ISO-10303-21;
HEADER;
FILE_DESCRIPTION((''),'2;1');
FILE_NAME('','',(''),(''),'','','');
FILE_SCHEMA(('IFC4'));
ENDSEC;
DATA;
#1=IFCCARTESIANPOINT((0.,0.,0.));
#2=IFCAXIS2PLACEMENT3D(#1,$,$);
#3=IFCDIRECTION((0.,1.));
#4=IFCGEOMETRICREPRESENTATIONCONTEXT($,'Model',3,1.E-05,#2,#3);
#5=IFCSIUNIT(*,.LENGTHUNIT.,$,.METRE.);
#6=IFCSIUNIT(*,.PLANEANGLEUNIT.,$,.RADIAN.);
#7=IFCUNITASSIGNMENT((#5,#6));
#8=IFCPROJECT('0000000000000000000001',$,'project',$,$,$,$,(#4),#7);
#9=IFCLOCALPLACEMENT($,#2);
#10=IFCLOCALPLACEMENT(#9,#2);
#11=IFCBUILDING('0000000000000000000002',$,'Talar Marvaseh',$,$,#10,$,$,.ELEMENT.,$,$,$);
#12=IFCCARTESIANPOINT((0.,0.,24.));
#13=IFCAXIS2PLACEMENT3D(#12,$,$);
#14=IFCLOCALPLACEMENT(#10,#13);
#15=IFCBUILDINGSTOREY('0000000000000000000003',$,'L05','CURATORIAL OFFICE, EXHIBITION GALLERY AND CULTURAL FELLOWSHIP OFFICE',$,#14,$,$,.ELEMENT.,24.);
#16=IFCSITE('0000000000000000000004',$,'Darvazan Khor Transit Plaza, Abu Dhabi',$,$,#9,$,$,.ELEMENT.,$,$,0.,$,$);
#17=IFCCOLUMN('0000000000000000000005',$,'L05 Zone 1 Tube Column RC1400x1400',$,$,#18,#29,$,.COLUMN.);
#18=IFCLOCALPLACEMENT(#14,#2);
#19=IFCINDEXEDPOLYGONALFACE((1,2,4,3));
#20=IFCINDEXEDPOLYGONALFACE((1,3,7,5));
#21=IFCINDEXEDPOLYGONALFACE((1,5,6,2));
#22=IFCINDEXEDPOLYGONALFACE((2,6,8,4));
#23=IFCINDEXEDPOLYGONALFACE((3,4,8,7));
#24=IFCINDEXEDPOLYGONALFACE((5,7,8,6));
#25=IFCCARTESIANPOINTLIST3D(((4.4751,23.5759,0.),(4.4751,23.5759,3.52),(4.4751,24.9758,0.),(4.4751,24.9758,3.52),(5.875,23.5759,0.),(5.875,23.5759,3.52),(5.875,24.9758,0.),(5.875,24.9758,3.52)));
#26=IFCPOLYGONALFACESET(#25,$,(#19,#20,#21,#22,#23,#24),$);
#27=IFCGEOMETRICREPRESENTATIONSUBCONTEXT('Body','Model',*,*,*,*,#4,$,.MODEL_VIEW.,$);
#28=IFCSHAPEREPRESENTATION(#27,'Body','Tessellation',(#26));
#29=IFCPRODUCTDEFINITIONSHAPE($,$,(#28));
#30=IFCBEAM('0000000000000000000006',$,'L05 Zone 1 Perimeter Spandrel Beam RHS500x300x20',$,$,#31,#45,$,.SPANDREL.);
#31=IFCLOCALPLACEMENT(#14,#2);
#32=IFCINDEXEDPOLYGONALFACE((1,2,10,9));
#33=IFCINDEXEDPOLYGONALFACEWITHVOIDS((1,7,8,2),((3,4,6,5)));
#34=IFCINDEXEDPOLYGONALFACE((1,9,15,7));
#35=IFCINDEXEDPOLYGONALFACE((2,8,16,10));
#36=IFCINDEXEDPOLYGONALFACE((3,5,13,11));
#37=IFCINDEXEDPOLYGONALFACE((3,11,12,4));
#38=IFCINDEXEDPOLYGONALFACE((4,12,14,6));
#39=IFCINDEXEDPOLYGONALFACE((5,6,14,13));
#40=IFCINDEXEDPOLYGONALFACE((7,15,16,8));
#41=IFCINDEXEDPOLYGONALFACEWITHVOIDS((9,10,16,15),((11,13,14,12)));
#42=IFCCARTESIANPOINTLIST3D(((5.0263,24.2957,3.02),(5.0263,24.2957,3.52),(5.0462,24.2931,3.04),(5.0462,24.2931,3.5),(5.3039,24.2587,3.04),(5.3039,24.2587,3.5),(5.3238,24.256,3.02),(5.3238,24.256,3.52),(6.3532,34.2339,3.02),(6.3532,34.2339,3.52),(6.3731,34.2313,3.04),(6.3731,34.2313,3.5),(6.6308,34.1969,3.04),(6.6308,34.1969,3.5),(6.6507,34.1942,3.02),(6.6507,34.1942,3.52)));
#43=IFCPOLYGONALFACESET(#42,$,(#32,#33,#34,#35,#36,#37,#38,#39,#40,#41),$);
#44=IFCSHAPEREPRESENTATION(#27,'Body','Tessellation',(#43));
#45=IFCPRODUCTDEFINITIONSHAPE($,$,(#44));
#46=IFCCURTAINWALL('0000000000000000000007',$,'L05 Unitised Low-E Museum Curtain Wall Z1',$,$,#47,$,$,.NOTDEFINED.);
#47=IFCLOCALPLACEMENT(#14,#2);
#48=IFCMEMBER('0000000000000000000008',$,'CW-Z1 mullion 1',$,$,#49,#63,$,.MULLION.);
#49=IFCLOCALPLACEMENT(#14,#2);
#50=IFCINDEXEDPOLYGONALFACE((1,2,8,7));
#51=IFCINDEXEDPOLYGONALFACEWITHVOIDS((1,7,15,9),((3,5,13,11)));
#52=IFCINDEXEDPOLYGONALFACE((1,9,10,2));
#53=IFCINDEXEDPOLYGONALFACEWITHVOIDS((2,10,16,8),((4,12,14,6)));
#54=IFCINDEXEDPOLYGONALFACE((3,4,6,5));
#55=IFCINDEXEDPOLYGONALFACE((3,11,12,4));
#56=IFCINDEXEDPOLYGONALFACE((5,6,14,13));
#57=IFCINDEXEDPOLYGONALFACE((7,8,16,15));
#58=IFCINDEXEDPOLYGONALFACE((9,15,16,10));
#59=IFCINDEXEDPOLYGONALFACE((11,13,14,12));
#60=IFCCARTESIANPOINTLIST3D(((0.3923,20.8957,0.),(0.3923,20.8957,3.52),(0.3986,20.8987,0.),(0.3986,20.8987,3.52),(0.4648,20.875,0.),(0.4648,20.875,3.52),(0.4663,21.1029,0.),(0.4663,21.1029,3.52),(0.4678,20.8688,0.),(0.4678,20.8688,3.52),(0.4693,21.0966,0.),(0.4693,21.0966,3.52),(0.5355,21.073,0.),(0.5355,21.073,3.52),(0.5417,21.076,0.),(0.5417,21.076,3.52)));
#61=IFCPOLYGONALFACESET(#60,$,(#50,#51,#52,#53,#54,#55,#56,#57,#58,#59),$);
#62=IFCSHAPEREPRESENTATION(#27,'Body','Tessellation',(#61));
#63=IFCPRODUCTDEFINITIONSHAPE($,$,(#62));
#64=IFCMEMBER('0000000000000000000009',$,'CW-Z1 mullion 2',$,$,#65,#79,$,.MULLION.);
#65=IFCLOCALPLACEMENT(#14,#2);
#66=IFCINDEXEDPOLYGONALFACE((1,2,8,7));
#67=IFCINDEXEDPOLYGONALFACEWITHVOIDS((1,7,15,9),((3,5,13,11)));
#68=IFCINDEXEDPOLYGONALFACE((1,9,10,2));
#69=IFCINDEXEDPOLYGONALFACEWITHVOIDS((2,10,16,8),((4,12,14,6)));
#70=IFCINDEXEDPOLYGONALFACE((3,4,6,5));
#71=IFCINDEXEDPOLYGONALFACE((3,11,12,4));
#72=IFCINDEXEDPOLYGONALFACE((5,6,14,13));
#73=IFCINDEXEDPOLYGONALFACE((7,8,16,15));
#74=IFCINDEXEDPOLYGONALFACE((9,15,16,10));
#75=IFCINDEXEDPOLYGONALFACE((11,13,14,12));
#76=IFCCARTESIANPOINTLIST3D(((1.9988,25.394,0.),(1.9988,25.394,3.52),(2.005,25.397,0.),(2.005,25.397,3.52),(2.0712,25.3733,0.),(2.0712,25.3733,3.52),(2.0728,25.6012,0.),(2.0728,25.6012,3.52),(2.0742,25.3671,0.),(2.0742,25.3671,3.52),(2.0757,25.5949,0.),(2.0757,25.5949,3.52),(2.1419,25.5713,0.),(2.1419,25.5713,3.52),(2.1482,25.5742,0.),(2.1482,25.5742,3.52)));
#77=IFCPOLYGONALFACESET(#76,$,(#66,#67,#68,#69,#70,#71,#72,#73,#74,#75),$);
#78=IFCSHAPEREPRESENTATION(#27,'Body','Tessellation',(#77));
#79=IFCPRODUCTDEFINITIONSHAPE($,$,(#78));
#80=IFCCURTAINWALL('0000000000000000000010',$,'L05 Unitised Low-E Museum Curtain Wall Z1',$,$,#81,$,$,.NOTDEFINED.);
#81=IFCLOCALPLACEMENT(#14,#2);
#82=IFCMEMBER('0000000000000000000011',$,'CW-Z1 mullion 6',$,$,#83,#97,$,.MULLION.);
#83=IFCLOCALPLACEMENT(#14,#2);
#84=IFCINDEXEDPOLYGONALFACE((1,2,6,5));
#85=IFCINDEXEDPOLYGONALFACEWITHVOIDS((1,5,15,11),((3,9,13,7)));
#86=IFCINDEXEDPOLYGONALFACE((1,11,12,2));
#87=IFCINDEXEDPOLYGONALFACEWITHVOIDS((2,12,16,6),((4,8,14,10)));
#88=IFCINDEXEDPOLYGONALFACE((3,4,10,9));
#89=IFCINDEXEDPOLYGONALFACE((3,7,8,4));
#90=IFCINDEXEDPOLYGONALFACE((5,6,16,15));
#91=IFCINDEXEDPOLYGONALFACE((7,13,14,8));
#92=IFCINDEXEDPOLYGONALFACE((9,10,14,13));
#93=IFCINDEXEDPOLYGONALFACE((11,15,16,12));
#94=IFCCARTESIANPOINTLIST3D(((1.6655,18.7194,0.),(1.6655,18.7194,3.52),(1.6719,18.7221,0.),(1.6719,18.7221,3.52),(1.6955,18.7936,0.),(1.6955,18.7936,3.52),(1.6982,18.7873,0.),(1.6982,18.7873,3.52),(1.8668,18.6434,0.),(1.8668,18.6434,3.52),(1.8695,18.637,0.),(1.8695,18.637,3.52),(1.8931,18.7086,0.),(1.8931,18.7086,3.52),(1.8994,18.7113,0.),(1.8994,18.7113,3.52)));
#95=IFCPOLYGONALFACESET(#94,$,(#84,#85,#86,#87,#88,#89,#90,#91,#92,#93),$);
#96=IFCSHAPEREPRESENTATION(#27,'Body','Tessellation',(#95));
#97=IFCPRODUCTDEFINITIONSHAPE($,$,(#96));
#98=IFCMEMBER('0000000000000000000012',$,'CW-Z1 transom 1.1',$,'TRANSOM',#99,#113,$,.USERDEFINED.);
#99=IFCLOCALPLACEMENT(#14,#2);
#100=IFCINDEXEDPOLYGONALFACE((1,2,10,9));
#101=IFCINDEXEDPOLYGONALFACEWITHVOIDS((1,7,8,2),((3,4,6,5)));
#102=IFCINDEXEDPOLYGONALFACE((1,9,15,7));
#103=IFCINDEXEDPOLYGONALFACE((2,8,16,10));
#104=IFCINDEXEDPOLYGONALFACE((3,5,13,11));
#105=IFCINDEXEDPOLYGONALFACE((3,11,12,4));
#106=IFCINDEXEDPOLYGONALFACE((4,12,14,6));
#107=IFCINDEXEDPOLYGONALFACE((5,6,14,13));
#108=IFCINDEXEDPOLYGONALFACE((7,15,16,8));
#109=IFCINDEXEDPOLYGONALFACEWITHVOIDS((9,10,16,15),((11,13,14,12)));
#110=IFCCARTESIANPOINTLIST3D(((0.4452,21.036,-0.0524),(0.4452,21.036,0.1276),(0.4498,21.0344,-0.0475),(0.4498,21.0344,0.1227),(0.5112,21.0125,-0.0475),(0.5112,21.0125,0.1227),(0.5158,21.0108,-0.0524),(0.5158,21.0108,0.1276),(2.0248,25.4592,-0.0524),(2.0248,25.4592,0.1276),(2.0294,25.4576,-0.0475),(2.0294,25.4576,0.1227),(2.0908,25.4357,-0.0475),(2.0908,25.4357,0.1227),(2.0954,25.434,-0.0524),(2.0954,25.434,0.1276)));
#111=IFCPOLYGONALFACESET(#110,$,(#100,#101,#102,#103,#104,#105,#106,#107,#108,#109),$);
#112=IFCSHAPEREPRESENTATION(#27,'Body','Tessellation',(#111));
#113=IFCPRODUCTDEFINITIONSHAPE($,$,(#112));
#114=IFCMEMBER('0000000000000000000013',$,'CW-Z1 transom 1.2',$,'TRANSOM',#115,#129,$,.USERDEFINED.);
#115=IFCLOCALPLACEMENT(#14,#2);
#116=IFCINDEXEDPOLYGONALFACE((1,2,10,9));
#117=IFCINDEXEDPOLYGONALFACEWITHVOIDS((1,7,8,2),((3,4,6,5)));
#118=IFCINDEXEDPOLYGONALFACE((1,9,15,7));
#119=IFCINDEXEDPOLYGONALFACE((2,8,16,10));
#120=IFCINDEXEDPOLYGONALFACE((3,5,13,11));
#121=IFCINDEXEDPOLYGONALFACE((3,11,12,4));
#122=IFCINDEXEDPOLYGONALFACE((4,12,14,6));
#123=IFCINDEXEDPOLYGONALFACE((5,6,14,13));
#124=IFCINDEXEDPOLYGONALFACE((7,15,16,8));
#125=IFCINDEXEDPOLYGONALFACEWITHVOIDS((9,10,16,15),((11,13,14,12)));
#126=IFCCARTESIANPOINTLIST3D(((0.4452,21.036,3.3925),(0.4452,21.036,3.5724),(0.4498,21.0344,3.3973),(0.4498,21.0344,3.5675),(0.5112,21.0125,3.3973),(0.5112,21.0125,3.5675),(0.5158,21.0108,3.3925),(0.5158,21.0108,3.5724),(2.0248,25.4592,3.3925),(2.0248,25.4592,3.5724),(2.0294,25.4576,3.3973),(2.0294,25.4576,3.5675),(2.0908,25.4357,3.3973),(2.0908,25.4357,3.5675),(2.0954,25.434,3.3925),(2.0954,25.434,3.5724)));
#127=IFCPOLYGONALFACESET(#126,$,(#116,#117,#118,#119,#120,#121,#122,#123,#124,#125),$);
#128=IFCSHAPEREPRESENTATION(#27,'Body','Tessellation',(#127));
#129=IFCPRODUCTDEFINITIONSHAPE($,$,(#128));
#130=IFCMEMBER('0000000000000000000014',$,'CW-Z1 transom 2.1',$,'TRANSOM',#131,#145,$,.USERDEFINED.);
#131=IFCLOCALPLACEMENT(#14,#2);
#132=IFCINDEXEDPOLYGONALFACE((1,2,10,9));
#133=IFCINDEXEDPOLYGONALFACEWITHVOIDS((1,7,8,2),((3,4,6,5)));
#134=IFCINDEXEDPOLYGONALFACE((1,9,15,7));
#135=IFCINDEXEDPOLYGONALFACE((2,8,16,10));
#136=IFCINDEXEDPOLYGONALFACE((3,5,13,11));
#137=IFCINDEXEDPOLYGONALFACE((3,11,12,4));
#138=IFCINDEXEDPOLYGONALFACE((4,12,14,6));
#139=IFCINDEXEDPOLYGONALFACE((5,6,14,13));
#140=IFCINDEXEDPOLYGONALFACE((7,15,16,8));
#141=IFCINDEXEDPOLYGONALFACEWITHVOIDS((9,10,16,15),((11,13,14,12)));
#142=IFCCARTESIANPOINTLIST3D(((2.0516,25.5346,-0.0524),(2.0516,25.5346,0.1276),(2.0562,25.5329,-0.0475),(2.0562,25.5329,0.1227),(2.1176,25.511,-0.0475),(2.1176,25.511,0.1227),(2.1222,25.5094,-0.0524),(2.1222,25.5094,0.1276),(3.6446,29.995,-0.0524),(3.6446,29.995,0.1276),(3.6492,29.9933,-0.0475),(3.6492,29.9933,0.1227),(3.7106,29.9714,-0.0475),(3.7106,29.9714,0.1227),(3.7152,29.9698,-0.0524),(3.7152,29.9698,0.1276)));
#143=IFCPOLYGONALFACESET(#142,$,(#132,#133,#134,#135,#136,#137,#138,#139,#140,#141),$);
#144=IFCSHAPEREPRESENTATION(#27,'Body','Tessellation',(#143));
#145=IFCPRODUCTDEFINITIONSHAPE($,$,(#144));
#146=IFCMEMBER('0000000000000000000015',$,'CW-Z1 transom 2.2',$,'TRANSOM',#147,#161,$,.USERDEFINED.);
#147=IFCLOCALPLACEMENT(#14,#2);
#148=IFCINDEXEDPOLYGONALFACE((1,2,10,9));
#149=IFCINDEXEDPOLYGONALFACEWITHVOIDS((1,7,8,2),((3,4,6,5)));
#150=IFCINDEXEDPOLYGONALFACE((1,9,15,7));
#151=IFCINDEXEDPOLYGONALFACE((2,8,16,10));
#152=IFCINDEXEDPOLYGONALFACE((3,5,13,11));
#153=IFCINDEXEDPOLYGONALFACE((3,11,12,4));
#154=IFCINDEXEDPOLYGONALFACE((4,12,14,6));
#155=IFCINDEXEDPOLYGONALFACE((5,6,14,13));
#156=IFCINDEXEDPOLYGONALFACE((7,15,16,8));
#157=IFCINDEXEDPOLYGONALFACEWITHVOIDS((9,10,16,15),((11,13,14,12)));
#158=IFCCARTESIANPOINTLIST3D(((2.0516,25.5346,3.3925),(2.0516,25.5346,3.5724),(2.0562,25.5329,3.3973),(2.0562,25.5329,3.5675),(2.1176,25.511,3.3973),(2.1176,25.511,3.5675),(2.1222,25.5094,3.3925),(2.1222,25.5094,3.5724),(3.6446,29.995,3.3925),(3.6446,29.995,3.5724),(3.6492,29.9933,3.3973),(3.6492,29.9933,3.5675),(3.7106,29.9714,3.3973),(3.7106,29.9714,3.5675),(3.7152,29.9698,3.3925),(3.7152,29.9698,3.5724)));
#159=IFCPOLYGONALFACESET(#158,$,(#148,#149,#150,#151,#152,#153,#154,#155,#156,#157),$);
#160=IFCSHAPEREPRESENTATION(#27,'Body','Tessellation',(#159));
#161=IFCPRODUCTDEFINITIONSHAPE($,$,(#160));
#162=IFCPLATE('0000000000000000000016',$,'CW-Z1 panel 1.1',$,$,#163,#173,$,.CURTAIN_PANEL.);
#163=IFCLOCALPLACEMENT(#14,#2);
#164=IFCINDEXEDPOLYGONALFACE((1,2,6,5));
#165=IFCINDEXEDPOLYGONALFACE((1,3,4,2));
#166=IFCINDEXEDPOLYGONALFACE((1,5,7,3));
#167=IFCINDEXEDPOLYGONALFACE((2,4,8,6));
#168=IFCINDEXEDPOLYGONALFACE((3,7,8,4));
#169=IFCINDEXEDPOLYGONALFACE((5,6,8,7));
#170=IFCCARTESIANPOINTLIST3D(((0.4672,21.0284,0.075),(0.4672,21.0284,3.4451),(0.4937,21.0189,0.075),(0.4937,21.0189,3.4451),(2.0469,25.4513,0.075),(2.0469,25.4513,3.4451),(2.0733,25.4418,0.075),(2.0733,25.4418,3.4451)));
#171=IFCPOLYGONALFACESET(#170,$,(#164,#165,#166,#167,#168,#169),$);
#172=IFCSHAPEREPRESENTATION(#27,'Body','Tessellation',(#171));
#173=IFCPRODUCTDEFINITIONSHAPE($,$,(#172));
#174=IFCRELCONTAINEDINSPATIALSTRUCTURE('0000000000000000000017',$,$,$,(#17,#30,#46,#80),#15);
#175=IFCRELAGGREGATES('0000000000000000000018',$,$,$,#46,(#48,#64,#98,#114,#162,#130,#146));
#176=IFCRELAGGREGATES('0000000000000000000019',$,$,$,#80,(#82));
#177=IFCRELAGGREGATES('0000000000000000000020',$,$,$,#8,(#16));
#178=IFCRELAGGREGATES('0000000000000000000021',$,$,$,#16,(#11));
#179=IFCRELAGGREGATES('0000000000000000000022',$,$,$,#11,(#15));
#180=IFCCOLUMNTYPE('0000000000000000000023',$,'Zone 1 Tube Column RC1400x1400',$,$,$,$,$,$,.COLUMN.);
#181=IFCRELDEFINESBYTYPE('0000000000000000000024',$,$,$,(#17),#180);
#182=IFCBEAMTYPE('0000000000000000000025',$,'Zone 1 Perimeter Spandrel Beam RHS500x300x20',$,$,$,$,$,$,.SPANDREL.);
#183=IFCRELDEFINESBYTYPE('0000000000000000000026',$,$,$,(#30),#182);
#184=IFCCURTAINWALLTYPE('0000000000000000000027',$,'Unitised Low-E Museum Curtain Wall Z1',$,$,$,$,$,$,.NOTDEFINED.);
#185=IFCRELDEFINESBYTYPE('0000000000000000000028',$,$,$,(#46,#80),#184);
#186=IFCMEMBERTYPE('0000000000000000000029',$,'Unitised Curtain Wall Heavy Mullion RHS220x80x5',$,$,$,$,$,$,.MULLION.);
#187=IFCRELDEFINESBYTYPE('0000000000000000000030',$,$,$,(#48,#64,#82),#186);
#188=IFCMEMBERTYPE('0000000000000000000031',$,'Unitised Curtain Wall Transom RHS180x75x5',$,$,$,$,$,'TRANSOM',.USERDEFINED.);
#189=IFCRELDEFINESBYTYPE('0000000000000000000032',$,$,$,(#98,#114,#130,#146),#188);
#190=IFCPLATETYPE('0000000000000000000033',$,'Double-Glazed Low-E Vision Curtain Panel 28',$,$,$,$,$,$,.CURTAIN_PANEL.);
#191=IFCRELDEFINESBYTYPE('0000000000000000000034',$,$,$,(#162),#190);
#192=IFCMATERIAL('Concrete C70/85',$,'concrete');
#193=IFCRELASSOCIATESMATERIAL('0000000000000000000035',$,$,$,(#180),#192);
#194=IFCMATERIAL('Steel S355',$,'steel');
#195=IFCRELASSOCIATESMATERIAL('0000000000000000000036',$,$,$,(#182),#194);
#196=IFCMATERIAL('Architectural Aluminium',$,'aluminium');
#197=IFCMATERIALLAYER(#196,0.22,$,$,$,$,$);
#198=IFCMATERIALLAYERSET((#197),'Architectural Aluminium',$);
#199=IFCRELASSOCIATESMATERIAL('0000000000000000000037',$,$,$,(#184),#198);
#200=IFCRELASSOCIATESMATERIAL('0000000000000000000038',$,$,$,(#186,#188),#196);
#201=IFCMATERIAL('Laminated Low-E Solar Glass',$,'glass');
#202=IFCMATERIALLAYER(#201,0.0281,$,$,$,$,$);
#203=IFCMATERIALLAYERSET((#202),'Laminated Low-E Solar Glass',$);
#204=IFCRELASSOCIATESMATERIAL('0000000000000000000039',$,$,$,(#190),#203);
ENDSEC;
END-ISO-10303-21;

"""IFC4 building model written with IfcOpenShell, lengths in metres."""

from ifc_helpers import new_model, si_unit, direction, frame, origin, origin_2d, place, context, subcontext, project, spatial, rectangle, hollow_rectangle, extrude, source, transform, mapped, material, layer, layer_set, material_profile, profile_set, type_object, type_shapes, element, aggregate, save


model = new_model("IFC4")

# Units and contexts
model_context = context("Model", 3, precision=1e-05, world=origin(), true_north=direction((0.0, 1.0)))
body_context = subcontext(model_context, "Body", "Model", "MODEL_VIEW")
ifc_project = project(units=[si_unit("LENGTHUNIT", "METRE"), si_unit("PLANEANGLEUNIT", "RADIAN")], contexts=[model_context])

# Site, building, storey
site_placement = place(None, origin())
site = spatial("IfcSite", under=ifc_project, at=site_placement, Name="Darvazan Khor Transit Plaza, Abu Dhabi", CompositionType="ELEMENT", RefElevation=0.0)
building_placement = place(site_placement, origin())
building = spatial("IfcBuilding", under=site, at=building_placement, Name="Talar Marvaseh", CompositionType="ELEMENT")
storey_placement = place(building_placement, frame((0.0, 0.0, 24.0)))
storey = spatial("IfcBuildingStorey", under=building, at=storey_placement, Name="L05", Description="CURATORIAL OFFICE, EXHIBITION GALLERY AND CULTURAL FELLOWSHIP OFFICE", CompositionType="ELEMENT", Elevation=24.0)

# Column
ifc_material_1 = material(Name="Concrete C70/85", Category="concrete")
ifc_material_profile_1 = material_profile(ifc_material_1, rectangle(XDim=1.3999, YDim=1.3999, at=origin_2d()), Name="RC1400x1400")
ifc_profile_set_1 = profile_set([ifc_material_profile_1], Name="Concrete C70/85")
column_type = type_object("IfcColumnType", Name="Zone 1 Tube Column RC1400x1400", PredefinedType="COLUMN", material=ifc_profile_set_1)
column_placement = place(storey_placement, frame((5.175, 24.2759, 0.0), z_axis=(0.0, 0.0, 1.0), x_axis=(1.0, 0.0, 0.0)))
element("IfcColumn", 1, at=column_placement, inside=storey, type_object=column_type, Name="L05 Zone 1 Tube Column RC1400x1400", PredefinedType="COLUMN", context=body_context, shape_type="SweptSolid", body=[
    extrude(rectangle(XDim=1.3999, YDim=1.3999, at=origin_2d()), origin(), (0.0, 0.0, 1.0), 3.52),
])

# Beam
ifc_material_2 = material(Name="Steel S355", Category="steel")
ifc_material_profile_2 = material_profile(ifc_material_2, hollow_rectangle(XDim=0.3, YDim=0.5, WallThickness=0.02, at=origin_2d()), Name="RHS500x300x20")
ifc_profile_set_2 = profile_set([ifc_material_profile_2], Name="Steel S355")
beam_type = type_object("IfcBeamType", Name="Zone 1 Perimeter Spandrel Beam RHS500x300x20", PredefinedType="SPANDREL", material=ifc_profile_set_2)
beam_placement = place(storey_placement, frame((5.175, 24.2759, 3.27), z_axis=(0.132341, 0.991204, 0.0), x_axis=(-0.991204, 0.132341, 0.0)))
element("IfcBeam", 2, at=beam_placement, inside=storey, type_object=beam_type, Name="L05 Zone 1 Perimeter Spandrel Beam RHS500x300x20", PredefinedType="SPANDREL", context=body_context, shape_type="SweptSolid", body=[
    extrude(hollow_rectangle(XDim=0.3, YDim=0.5, WallThickness=0.02, at=origin_2d()), origin(), (0.0, 0.0, 1.0), 10.0264),
])

# Curtain wall, members
ifc_material_3 = material(Name="Architectural Aluminium", Category="aluminium")
ifc_layer_1 = layer(ifc_material_3, 0.22)
ifc_layer_set_1 = layer_set([ifc_layer_1], Name="Architectural Aluminium")
curtain_wall_type = type_object("IfcCurtainWallType", Name="Unitised Low-E Museum Curtain Wall Z1", PredefinedType="NOTDEFINED", material=ifc_layer_set_1)
curtain_wall_1_placement = place(storey_placement, origin())
curtain_wall_1 = element("IfcCurtainWall", 3, at=curtain_wall_1_placement, inside=storey, type_object=curtain_wall_type, Name="L05 Unitised Low-E Museum Curtain Wall Z1", PredefinedType="NOTDEFINED")
ifc_material_profile_3 = material_profile(ifc_material_3, hollow_rectangle(XDim=0.0801, YDim=0.22, WallThickness=0.0049, at=origin_2d()), Name="RHS220x80x5")
ifc_profile_set_3 = profile_set([ifc_material_profile_3], Name="Architectural Aluminium")
member_type_1 = type_object("IfcMemberType", Name="Unitised Curtain Wall Heavy Mullion RHS220x80x5", PredefinedType="MULLION", material=ifc_profile_set_3)
shared_shape_1 = source(origin(), body_context, "Body", "SweptSolid", [
    extrude(hollow_rectangle(XDim=0.0801, YDim=0.22, WallThickness=0.0049, at=origin_2d()), origin(), (0.0, 0.0, 1.0), 3.52),
])
type_shapes(member_type_1, [shared_shape_1])
member_1_placement = place(storey_placement, frame((0.467, 20.9858, 0.0), z_axis=(0.0, 0.0, 1.0), x_axis=(-0.941742, 0.336336, 0.0)))
member_1 = element("IfcMember", 4, at=member_1_placement, type_object=member_type_1, Name="CW-Z1 mullion 1", PredefinedType="MULLION", context=body_context, shape_type="MappedRepresentation", body=[
    mapped(shared_shape_1, transform((0.0, 0.0, 0.0), x_axis=(1.0, 0.0, 0.0), y_axis=(0.0, 1.0, 0.0), z_axis=(0.0, 0.0, 1.0), scale=1.0)),
])
member_2_placement = place(storey_placement, frame((2.0735, 25.4841, 0.0), z_axis=(0.0, 0.0, 1.0), x_axis=(-0.941742, 0.336336, 0.0)))
member_2 = element("IfcMember", 5, at=member_2_placement, type_object=member_type_1, Name="CW-Z1 mullion 2", PredefinedType="MULLION", context=body_context, shape_type="MappedRepresentation", body=[
    mapped(shared_shape_1, transform((0.0, 0.0, 0.0), x_axis=(1.0, 0.0, 0.0), y_axis=(0.0, 1.0, 0.0), z_axis=(0.0, 0.0, 1.0), scale=1.0)),
])

# Curtain wall, member
curtain_wall_2_placement = place(storey_placement, origin())
curtain_wall_2 = element("IfcCurtainWall", 6, at=curtain_wall_2_placement, inside=storey, type_object=curtain_wall_type, Name="L05 Unitised Low-E Museum Curtain Wall Z1", PredefinedType="NOTDEFINED")
member_3_placement = place(storey_placement, frame((1.7825, 18.7153, 0.0), z_axis=(0.0, 0.0, 1.0), x_axis=(-0.374463, -0.927242, 0.0)))
member_3 = element("IfcMember", 7, at=member_3_placement, type_object=member_type_1, Name="CW-Z1 mullion 6", PredefinedType="MULLION", context=body_context, shape_type="MappedRepresentation", body=[
    mapped(shared_shape_1, transform((0.0, 0.0, 0.0), x_axis=(1.0, 0.0, 0.0), y_axis=(0.0, 1.0, 0.0), z_axis=(0.0, 0.0, 1.0), scale=1.0)),
])

# Members
ifc_material_profile_4 = material_profile(ifc_material_3, hollow_rectangle(XDim=0.075, YDim=0.1799, WallThickness=0.0049, at=origin_2d()), Name="RHS180x75x5")
ifc_profile_set_4 = profile_set([ifc_material_profile_4], Name="Architectural Aluminium")
member_type_2 = type_object("IfcMemberType", Name="Unitised Curtain Wall Transom RHS180x75x5", ElementType="TRANSOM", PredefinedType="USERDEFINED", material=ifc_profile_set_4)
shared_shape_2 = source(origin(), body_context, "Body", "SweptSolid", [
    extrude(hollow_rectangle(XDim=0.075, YDim=0.1799, WallThickness=0.0049, at=origin_2d()), origin(), (0.0, 0.0, 1.0), 4.6968),
])
member_4_placement = place(storey_placement, frame((0.4805, 21.0234, 0.0376), z_axis=(0.33632, 0.941748, 0.0), x_axis=(-0.941748, 0.33632, 0.0)))
member_4 = element("IfcMember", 8, at=member_4_placement, type_object=member_type_2, Name="CW-Z1 transom 1.1", ObjectType="TRANSOM", PredefinedType="USERDEFINED", context=body_context, shape_type="MappedRepresentation", body=[
    mapped(shared_shape_2, transform((0.0, 0.0, 0.0), x_axis=(1.0, 0.0, 0.0), y_axis=(0.0, 1.0, 0.0), z_axis=(0.0, 0.0, 1.0), scale=1.0)),
])
member_5_placement = place(storey_placement, frame((0.4805, 21.0234, 3.4824), z_axis=(0.33632, 0.941748, 0.0), x_axis=(-0.941748, 0.33632, 0.0)))
member_5 = element("IfcMember", 9, at=member_5_placement, type_object=member_type_2, Name="CW-Z1 transom 1.2", ObjectType="TRANSOM", PredefinedType="USERDEFINED", context=body_context, shape_type="MappedRepresentation", body=[
    mapped(shared_shape_2, transform((0.0, 0.0, 0.0), x_axis=(1.0, 0.0, 0.0), y_axis=(0.0, 1.0, 0.0), z_axis=(0.0, 0.0, 1.0), scale=1.0)),
])
shared_shape_3 = source(origin(), body_context, "Body", "SweptSolid", [
    extrude(hollow_rectangle(XDim=0.075, YDim=0.1799, WallThickness=0.0049, at=origin_2d()), origin(), (0.0, 0.0, 1.0), 4.7363),
])
type_shapes(member_type_2, [shared_shape_2, shared_shape_3])
member_6_placement = place(storey_placement, frame((2.0869, 25.522, 0.0376), z_axis=(0.336336, 0.941742, 0.0), x_axis=(-0.941742, 0.336336, 0.0)))
member_6 = element("IfcMember", 10, at=member_6_placement, type_object=member_type_2, Name="CW-Z1 transom 2.1", ObjectType="TRANSOM", PredefinedType="USERDEFINED", context=body_context, shape_type="MappedRepresentation", body=[
    mapped(shared_shape_3, transform((0.0, 0.0, 0.0), x_axis=(1.0, 0.0, 0.0), y_axis=(0.0, 1.0, 0.0), z_axis=(0.0, 0.0, 1.0), scale=1.0)),
])
member_7_placement = place(storey_placement, frame((2.0869, 25.522, 3.4824), z_axis=(0.336336, 0.941742, 0.0), x_axis=(-0.941742, 0.336336, 0.0)))
member_7 = element("IfcMember", 11, at=member_7_placement, type_object=member_type_2, Name="CW-Z1 transom 2.2", ObjectType="TRANSOM", PredefinedType="USERDEFINED", context=body_context, shape_type="MappedRepresentation", body=[
    mapped(shared_shape_3, transform((0.0, 0.0, 0.0), x_axis=(1.0, 0.0, 0.0), y_axis=(0.0, 1.0, 0.0), z_axis=(0.0, 0.0, 1.0), scale=1.0)),
])

# Plate
ifc_material_4 = material(Name="Laminated Low-E Solar Glass", Category="glass")
ifc_layer_2 = layer(ifc_material_4, 0.0281)
ifc_layer_set_2 = layer_set([ifc_layer_2], Name="Laminated Low-E Solar Glass")
plate_type = type_object("IfcPlateType", Name="Double-Glazed Low-E Vision Curtain Panel 28", PredefinedType="CURTAIN_PANEL", material=ifc_layer_set_2)
shared_shape_4 = source(origin(), body_context, "Body", "SweptSolid", [
    extrude(rectangle(XDim=4.6965, YDim=0.0281, at=origin_2d()), origin(), (0.0, 0.0, 1.0), 3.3701),
])
plate_1_placement = place(storey_placement, frame((1.2703, 23.2351, 0.075), z_axis=(0.0, 0.0, 1.0), x_axis=(0.336336, 0.941742, 0.0)))
plate_1 = element("IfcPlate", 12, at=plate_1_placement, type_object=plate_type, Name="CW-Z1 panel 1.1", PredefinedType="CURTAIN_PANEL", context=body_context, shape_type="MappedRepresentation", body=[
    mapped(shared_shape_4, transform((0.0, 0.0, 0.0), x_axis=(1.0, 0.0, 0.0), y_axis=(0.0, 1.0, 0.0), z_axis=(0.0, 0.0, 1.0), scale=1.0)),
])
aggregate(curtain_wall_1, [member_1, member_2, member_4, member_5, plate_1, member_6, member_7])
aggregate(curtain_wall_2, [member_3])

save(model, "model.ifc")
